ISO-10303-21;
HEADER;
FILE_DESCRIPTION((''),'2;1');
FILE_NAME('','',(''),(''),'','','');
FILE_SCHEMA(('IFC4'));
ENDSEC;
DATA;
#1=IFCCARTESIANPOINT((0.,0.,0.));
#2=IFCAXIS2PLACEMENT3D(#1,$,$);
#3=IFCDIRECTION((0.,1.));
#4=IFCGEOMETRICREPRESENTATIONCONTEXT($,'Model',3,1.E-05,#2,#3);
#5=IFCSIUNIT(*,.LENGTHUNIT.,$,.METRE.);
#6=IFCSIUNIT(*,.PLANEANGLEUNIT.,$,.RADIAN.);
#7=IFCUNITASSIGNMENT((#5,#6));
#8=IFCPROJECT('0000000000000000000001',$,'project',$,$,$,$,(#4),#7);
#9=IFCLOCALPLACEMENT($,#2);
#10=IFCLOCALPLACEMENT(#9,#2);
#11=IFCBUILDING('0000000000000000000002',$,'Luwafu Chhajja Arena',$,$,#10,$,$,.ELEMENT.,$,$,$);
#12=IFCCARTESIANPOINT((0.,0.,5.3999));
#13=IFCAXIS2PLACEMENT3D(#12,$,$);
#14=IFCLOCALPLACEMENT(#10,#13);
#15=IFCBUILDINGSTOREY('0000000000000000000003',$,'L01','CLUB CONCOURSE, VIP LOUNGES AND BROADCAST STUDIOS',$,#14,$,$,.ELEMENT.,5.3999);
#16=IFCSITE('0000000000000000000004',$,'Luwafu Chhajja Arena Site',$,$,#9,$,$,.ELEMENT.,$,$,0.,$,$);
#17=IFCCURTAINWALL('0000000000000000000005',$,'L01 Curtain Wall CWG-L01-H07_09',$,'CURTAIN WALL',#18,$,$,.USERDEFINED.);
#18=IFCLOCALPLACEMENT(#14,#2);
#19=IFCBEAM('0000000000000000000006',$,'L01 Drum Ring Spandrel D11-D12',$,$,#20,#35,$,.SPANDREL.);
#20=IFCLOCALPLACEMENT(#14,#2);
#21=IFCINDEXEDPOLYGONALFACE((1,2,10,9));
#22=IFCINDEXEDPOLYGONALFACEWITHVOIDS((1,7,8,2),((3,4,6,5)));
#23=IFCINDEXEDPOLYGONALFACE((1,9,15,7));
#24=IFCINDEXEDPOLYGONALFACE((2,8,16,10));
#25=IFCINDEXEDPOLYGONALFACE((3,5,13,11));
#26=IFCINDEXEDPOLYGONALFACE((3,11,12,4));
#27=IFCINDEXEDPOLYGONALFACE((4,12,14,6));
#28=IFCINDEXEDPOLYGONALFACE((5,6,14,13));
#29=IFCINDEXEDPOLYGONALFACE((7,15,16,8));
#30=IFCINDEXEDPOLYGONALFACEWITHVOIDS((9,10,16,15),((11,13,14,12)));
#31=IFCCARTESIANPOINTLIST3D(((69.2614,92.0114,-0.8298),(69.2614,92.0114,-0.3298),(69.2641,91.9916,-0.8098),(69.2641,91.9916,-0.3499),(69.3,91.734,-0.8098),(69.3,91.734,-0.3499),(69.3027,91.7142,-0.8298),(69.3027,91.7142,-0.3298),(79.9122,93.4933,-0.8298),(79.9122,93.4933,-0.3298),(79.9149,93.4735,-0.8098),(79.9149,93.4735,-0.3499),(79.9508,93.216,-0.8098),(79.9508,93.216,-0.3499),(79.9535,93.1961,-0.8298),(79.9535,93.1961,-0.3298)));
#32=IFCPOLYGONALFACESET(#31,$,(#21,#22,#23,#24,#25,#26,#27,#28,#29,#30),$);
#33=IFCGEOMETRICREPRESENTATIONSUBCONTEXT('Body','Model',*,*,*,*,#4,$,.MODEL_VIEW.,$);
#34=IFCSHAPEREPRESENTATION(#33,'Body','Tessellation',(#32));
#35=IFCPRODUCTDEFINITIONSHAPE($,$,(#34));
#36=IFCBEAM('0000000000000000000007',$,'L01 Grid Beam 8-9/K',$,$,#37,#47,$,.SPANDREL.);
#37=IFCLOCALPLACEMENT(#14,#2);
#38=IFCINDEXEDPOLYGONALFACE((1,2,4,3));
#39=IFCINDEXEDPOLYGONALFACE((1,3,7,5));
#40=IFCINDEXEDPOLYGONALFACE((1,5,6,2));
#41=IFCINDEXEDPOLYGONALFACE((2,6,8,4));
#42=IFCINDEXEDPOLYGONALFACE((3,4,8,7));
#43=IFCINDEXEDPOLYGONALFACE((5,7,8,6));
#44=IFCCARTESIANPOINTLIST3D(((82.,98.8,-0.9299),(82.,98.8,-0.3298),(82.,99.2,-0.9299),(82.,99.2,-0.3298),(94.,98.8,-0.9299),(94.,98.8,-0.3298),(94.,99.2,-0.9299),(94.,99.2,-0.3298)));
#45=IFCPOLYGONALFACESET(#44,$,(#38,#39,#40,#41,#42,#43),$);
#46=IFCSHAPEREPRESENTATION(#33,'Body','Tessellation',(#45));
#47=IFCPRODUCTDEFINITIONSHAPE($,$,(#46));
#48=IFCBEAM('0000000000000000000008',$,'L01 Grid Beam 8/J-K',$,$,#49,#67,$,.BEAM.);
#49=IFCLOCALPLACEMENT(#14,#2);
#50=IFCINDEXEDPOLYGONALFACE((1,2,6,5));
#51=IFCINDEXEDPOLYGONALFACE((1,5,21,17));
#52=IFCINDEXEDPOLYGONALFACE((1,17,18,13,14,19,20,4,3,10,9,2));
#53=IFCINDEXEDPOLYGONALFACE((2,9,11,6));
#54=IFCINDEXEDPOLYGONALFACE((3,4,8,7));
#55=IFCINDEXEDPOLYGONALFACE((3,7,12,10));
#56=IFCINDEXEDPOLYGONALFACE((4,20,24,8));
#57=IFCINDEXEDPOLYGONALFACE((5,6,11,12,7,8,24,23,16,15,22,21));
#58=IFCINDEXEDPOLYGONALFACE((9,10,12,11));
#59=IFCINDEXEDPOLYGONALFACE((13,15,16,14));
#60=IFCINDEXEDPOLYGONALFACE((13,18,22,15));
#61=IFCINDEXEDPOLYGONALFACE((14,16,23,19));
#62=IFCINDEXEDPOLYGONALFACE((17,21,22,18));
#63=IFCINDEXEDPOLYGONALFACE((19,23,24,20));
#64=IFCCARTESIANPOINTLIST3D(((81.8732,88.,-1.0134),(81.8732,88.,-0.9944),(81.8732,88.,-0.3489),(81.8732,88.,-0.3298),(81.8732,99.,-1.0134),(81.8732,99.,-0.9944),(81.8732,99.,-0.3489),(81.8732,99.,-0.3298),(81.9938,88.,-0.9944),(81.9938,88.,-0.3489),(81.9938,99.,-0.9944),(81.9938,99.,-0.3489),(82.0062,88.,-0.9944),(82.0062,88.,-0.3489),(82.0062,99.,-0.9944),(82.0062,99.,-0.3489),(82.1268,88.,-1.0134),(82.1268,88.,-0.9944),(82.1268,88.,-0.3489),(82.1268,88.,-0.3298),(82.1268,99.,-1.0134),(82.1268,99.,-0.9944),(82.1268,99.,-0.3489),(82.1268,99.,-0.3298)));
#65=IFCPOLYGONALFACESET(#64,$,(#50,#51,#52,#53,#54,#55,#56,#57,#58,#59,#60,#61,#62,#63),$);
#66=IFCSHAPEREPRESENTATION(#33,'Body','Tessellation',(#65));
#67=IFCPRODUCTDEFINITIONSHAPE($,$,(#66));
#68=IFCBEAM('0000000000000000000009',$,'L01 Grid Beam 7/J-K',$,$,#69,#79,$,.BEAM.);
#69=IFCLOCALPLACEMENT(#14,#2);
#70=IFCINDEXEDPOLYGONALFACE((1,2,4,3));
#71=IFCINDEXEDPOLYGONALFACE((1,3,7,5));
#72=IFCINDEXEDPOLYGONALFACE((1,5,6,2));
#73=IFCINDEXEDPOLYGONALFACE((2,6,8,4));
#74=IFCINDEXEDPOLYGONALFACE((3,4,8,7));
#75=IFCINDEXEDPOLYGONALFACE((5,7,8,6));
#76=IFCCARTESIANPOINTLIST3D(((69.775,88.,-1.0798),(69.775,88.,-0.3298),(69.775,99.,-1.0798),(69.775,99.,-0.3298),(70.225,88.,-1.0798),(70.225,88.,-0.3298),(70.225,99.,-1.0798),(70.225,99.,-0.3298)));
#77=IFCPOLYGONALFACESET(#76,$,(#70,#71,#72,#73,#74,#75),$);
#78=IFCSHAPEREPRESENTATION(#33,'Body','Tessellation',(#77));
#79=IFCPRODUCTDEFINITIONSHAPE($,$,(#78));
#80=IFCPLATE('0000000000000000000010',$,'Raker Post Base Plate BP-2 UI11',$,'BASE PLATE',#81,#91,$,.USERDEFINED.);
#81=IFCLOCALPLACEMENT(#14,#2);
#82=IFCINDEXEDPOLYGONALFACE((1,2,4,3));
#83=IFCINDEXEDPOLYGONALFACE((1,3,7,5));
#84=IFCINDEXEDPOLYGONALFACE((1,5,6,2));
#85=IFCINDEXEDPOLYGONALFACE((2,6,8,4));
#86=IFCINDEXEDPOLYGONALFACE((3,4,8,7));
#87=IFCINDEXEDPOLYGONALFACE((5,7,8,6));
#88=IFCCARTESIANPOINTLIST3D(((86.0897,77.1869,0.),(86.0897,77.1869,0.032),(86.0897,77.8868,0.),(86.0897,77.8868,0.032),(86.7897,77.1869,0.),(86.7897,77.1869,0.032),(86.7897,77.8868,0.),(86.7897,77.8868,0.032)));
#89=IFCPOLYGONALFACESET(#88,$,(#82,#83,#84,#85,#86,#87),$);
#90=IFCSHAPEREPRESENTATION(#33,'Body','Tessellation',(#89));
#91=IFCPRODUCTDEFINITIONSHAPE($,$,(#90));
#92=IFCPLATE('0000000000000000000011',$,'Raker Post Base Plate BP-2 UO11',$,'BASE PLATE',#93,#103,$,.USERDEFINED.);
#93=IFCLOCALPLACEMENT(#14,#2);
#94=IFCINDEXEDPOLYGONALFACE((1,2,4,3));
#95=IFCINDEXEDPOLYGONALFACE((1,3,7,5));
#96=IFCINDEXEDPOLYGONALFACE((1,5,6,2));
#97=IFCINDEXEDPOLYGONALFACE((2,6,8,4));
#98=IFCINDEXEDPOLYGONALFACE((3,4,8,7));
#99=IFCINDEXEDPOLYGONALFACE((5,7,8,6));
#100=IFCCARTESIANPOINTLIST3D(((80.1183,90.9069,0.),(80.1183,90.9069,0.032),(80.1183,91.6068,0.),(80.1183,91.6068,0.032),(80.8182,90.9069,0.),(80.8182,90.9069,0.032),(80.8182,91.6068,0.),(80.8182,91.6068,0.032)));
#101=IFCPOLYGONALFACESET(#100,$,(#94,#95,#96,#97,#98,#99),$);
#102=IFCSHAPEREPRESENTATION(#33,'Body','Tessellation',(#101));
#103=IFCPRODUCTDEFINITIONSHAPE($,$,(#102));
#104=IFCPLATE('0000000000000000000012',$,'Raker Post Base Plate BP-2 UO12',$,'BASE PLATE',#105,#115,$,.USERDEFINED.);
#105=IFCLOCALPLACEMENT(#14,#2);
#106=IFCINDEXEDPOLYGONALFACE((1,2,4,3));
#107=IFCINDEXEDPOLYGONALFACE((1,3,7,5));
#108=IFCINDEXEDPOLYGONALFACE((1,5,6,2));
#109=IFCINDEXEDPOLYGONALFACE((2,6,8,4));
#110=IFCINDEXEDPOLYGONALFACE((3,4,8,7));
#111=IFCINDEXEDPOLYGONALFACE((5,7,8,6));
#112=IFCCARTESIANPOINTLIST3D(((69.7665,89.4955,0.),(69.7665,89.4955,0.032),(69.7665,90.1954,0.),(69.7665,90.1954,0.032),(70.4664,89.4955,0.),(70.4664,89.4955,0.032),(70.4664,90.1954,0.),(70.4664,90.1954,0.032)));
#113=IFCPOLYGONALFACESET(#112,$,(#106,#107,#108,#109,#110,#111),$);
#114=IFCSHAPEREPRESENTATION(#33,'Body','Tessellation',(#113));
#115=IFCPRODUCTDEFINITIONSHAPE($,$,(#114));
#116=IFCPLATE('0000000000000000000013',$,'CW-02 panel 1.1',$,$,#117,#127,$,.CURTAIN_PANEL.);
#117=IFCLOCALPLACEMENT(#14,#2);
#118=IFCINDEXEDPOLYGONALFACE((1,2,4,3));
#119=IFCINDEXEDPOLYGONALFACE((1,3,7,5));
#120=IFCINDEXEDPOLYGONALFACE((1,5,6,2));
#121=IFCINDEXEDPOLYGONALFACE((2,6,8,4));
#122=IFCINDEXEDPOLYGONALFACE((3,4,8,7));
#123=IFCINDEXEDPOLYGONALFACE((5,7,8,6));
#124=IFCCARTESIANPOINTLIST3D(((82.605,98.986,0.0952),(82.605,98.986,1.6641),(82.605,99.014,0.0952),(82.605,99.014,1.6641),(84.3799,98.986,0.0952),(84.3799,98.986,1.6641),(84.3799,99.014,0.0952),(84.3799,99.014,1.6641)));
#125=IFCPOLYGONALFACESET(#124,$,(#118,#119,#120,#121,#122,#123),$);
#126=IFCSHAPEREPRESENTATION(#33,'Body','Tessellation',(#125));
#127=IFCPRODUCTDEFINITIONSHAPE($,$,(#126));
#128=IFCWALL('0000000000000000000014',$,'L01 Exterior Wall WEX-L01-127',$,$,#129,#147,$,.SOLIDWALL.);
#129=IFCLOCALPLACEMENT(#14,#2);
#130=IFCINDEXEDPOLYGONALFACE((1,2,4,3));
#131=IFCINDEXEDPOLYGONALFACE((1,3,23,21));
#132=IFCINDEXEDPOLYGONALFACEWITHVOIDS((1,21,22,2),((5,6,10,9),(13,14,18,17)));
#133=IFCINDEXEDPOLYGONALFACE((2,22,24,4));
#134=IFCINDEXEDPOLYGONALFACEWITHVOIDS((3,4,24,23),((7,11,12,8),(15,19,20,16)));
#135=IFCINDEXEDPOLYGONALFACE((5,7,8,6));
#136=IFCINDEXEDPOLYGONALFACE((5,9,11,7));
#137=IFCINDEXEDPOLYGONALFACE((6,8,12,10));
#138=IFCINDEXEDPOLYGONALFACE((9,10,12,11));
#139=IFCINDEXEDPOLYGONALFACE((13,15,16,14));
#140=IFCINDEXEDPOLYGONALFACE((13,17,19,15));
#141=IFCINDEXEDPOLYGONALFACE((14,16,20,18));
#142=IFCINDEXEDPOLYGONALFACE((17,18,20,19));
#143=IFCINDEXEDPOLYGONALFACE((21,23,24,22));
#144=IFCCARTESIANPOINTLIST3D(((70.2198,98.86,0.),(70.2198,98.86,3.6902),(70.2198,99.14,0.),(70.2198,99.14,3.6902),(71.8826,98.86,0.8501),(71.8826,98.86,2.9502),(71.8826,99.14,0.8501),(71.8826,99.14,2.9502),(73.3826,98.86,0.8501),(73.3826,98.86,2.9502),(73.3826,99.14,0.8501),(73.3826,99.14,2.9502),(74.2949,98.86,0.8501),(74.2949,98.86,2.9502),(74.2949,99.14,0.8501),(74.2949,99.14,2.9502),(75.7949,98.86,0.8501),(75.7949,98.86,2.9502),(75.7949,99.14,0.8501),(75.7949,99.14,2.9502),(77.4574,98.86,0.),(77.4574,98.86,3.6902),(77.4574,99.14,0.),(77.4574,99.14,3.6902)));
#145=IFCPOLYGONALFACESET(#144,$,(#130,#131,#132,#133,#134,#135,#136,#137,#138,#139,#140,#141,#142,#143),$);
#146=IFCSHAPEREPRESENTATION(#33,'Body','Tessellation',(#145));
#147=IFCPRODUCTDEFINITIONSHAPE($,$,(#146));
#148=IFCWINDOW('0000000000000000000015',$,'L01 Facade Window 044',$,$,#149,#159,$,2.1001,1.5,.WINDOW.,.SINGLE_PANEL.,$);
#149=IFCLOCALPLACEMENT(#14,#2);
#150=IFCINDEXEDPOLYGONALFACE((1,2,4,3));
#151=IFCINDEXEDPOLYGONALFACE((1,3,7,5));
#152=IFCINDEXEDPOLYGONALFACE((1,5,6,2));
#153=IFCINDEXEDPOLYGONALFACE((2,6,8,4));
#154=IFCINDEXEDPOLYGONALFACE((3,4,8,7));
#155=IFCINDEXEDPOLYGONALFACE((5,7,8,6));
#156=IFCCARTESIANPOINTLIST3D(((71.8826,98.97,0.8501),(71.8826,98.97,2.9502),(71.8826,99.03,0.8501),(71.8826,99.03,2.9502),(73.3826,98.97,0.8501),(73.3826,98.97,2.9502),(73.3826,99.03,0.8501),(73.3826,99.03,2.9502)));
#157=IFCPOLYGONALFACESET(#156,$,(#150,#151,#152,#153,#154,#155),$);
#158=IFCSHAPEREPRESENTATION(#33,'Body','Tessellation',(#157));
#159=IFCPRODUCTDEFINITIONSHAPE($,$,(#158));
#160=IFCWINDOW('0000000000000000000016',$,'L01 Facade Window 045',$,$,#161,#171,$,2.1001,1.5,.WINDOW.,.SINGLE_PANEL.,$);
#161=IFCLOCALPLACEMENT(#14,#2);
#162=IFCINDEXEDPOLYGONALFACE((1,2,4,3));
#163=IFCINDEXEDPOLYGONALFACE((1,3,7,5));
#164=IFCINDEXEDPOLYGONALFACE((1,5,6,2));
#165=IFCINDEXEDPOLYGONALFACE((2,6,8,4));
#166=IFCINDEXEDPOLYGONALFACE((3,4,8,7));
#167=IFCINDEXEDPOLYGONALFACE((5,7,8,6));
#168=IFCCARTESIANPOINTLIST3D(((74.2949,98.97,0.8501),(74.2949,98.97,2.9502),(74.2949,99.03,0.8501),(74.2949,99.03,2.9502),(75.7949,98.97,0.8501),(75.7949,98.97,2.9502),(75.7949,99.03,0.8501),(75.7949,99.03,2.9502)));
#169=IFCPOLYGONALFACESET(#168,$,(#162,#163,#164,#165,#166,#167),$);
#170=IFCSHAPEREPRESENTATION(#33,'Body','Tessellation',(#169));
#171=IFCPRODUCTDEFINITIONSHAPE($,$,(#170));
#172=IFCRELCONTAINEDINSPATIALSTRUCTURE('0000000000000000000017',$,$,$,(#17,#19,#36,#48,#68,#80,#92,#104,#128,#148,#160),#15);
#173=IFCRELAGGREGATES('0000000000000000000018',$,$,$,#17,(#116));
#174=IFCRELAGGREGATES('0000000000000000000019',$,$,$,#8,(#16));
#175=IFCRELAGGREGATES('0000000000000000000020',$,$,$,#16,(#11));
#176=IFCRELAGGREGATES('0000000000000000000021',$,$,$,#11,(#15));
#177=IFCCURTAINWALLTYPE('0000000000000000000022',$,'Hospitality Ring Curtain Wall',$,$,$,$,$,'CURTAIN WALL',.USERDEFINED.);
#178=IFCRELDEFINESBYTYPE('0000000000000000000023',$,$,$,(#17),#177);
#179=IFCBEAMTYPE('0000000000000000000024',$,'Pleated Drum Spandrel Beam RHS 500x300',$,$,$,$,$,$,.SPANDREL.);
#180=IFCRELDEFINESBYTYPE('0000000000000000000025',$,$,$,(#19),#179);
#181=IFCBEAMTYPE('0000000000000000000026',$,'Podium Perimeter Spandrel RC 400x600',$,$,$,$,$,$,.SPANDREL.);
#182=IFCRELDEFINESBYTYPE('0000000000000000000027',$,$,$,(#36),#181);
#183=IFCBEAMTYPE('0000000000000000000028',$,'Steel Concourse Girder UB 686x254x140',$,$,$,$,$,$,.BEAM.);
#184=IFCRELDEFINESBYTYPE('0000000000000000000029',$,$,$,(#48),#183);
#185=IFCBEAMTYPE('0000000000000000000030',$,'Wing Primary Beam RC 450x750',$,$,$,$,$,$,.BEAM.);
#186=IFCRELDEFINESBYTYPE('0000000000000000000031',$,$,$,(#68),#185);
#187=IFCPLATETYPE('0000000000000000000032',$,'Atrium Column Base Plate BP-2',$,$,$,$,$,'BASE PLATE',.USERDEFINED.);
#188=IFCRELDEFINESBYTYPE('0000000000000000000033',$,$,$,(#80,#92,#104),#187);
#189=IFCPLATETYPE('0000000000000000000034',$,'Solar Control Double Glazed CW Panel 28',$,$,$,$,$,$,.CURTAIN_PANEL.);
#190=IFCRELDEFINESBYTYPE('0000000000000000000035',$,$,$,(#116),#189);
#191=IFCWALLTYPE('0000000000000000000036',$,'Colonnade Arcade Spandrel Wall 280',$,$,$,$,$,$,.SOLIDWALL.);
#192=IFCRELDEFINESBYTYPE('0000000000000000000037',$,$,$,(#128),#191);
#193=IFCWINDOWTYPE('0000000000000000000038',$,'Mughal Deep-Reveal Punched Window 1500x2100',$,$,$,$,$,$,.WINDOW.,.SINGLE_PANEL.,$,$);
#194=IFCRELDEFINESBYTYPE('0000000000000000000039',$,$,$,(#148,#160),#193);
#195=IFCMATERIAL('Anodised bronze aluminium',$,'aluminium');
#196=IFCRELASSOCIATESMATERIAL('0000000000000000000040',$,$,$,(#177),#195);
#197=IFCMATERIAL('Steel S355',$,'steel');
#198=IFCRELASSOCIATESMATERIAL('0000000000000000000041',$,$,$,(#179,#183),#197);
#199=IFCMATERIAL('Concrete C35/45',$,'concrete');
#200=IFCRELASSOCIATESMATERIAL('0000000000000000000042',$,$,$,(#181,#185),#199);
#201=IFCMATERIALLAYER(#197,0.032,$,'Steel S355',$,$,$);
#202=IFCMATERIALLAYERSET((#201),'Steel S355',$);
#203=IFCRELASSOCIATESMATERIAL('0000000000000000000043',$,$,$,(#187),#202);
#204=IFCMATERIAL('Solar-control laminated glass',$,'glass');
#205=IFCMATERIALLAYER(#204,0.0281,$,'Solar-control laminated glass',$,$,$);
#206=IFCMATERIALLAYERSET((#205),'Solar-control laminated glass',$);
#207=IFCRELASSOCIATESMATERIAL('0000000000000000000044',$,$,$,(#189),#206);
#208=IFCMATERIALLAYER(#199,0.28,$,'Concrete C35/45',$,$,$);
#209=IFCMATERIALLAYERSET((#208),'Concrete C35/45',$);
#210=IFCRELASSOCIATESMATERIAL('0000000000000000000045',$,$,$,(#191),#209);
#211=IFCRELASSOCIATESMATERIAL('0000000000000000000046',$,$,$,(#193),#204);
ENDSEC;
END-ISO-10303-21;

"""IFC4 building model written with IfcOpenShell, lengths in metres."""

from ifc_helpers import new_model, si_unit, direction, frame, frame_2d, origin, origin_2d, place, context, subcontext, project, spatial, rectangle, hollow_rectangle, i_section, extrude, material, layer, layer_set, material_profile, profile_set, type_object, element, fill, aggregate, save


model = new_model("IFC4")

# Units and contexts
model_context = context("Model", 3, precision=1e-05, world=origin(), true_north=direction((0.0, 1.0)))
body_context = subcontext(model_context, "Body", "Model", "MODEL_VIEW")
ifc_project = project(units=[si_unit("LENGTHUNIT", "METRE"), si_unit("PLANEANGLEUNIT", "RADIAN")], contexts=[model_context])

# Site, building, storey
site_placement = place(None, origin())
site = spatial("IfcSite", under=ifc_project, at=site_placement, Name="Luwafu Chhajja Arena Site", CompositionType="ELEMENT", RefElevation=0.0)
building_placement = place(site_placement, origin())
building = spatial("IfcBuilding", under=site, at=building_placement, Name="Luwafu Chhajja Arena", CompositionType="ELEMENT")
storey_placement = place(building_placement, frame((0.0, 0.0, 5.3999)))
storey = spatial("IfcBuildingStorey", under=building, at=storey_placement, Name="L01", Description="CLUB CONCOURSE, VIP LOUNGES AND BROADCAST STUDIOS", CompositionType="ELEMENT", Elevation=5.3999)

# Shared definitions
ifc_material_1 = material(Name="Concrete C35/45", Category="concrete")
ifc_material_2 = material(Name="Steel S355", Category="steel")

# Curtain wall
ifc_material_3 = material(Name="Anodised bronze aluminium", Category="aluminium")
curtain_wall_type = type_object("IfcCurtainWallType", Name="Hospitality Ring Curtain Wall", ElementType="CURTAIN WALL", PredefinedType="USERDEFINED", material=ifc_material_3)
curtain_wall_placement = place(storey_placement, origin())
curtain_wall = element("IfcCurtainWall", 1, at=curtain_wall_placement, inside=storey, type_object=curtain_wall_type, Name="L01 Curtain Wall CWG-L01-H07_09", ObjectType="CURTAIN WALL", PredefinedType="USERDEFINED")

# Beams
ifc_material_profile_1 = material_profile(ifc_material_2, hollow_rectangle(XDim=0.3, YDim=0.5, WallThickness=0.02, at=origin_2d()), Name="RHS 500x300x20")
ifc_profile_set_1 = profile_set([ifc_material_profile_1], Name="Steel S355")
beam_type_1 = type_object("IfcBeamType", Name="Pleated Drum Spandrel Beam RHS 500x300", PredefinedType="SPANDREL", material=ifc_profile_set_1)
beam_1_placement = place(storey_placement, frame((79.9329, 93.3447, -0.5798), z_axis=(-0.990459, -0.13781, 0.0), x_axis=(0.13781, -0.990459, 0.0)))
element("IfcBeam", 2, at=beam_1_placement, inside=storey, type_object=beam_type_1, Name="L01 Drum Ring Spandrel D11-D12", PredefinedType="SPANDREL", context=body_context, shape_type="SweptSolid", body=[
    extrude(hollow_rectangle(XDim=0.3, YDim=0.5, WallThickness=0.02, at=origin_2d()), origin(), (0.0, 0.0, 1.0), 10.7534),
])
ifc_material_profile_2 = material_profile(ifc_material_1, rectangle(XDim=0.3999, YDim=0.6001, at=origin_2d()), Name="RC 400x600")
ifc_profile_set_2 = profile_set([ifc_material_profile_2], Name="Concrete C35/45")
beam_type_2 = type_object("IfcBeamType", Name="Podium Perimeter Spandrel RC 400x600", PredefinedType="SPANDREL", material=ifc_profile_set_2)
beam_2_placement = place(storey_placement, frame((82.0, 99.0, -0.6299), z_axis=(1.0, 0.0, 0.0), x_axis=(0.0, 1.0, 0.0)))
element("IfcBeam", 3, at=beam_2_placement, inside=storey, type_object=beam_type_2, Name="L01 Grid Beam 8-9/K", PredefinedType="SPANDREL", context=body_context, shape_type="SweptSolid", body=[
    extrude(rectangle(XDim=0.3999, YDim=0.6001, at=origin_2d()), origin(), (0.0, 0.0, 1.0), 12.0),
])
ifc_material_profile_3 = material_profile(ifc_material_2, i_section(OverallWidth=0.2537, OverallDepth=0.6836, WebThickness=0.0125, FlangeThickness=0.019, at=origin_2d()), Name="UB 686x254x140")
ifc_profile_set_3 = profile_set([ifc_material_profile_3], Name="Steel S355")
beam_type_3 = type_object("IfcBeamType", Name="Steel Concourse Girder UB 686x254x140", PredefinedType="BEAM", material=ifc_profile_set_3)
beam_3_placement = place(storey_placement, frame((82.0, 88.0, -0.6716), z_axis=(0.0, 1.0, 0.0), x_axis=(-1.0, 0.0, 0.0)))
element("IfcBeam", 4, at=beam_3_placement, inside=storey, type_object=beam_type_3, Name="L01 Grid Beam 8/J-K", PredefinedType="BEAM", context=body_context, shape_type="SweptSolid", body=[
    extrude(i_section(OverallWidth=0.2537, OverallDepth=0.6836, WebThickness=0.0125, FlangeThickness=0.019, at=origin_2d()), origin(), (0.0, 0.0, 1.0), 11.0),
])
ifc_material_profile_4 = material_profile(ifc_material_1, rectangle(XDim=0.45, YDim=0.75, at=origin_2d()), Name="RC 450x750")
ifc_profile_set_4 = profile_set([ifc_material_profile_4], Name="Concrete C35/45")
beam_type_4 = type_object("IfcBeamType", Name="Wing Primary Beam RC 450x750", PredefinedType="BEAM", material=ifc_profile_set_4)
beam_4_placement = place(storey_placement, frame((70.0, 88.0, -0.7048), z_axis=(0.0, 1.0, 0.0), x_axis=(-1.0, 0.0, 0.0)))
element("IfcBeam", 5, at=beam_4_placement, inside=storey, type_object=beam_type_4, Name="L01 Grid Beam 7/J-K", PredefinedType="BEAM", context=body_context, shape_type="SweptSolid", body=[
    extrude(rectangle(XDim=0.45, YDim=0.75, at=origin_2d()), origin(), (0.0, 0.0, 1.0), 11.0),
])

# Plates
ifc_layer_1 = layer(ifc_material_2, 0.032, Name="Steel S355")
ifc_layer_set_1 = layer_set([ifc_layer_1], Name="Steel S355")
plate_type_1 = type_object("IfcPlateType", Name="Atrium Column Base Plate BP-2", ElementType="BASE PLATE", PredefinedType="USERDEFINED", material=ifc_layer_set_1)
for number, where, z_axis, x_axis, name in (
    (6, (86.4397, 77.5369, 0.0), (0.0, 0.0, 1.0), (1.0, 0.0, 0.0), "Raker Post Base Plate BP-2 UI11"),
    (7, (80.4683, 91.2568, 0.0), (0.0, 0.0, 1.0), (1.0, 0.0, 0.0), "Raker Post Base Plate BP-2 UO11"),
    (8, (70.1165, 89.8455, 0.0), (0.0, 0.0, 1.0), (1.0, 0.0, 0.0), "Raker Post Base Plate BP-2 UO12"),
):
    element("IfcPlate", number, at=place(storey_placement, frame(where, z_axis=z_axis, x_axis=x_axis)), inside=storey, type_object=plate_type_1, Name=name, ObjectType="BASE PLATE", PredefinedType="USERDEFINED", context=body_context, shape_type="SweptSolid", body=[
        extrude(rectangle(XDim=0.7, YDim=0.7, at=origin_2d()), origin(), (0.0, 0.0, 1.0), 0.032),
    ])

# Plate
ifc_material_4 = material(Name="Solar-control laminated glass", Category="glass")
ifc_layer_2 = layer(ifc_material_4, 0.0281, Name="Solar-control laminated glass")
ifc_layer_set_2 = layer_set([ifc_layer_2], Name="Solar-control laminated glass")
plate_type_2 = type_object("IfcPlateType", Name="Solar Control Double Glazed CW Panel 28", PredefinedType="CURTAIN_PANEL", material=ifc_layer_set_2)
plate_placement = place(storey_placement, frame((83.4924, 99.0, 0.0952), z_axis=(0.0, 0.0, 1.0), x_axis=(1.0, 0.0, 0.0)))
plate = element("IfcPlate", 9, at=plate_placement, type_object=plate_type_2, Name="CW-02 panel 1.1", PredefinedType="CURTAIN_PANEL", context=body_context, shape_type="SweptSolid", body=[
    extrude(rectangle(XDim=1.7749, YDim=0.0281, at=origin_2d()), origin(), (0.0, 0.0, 1.0), 1.5688),
])
aggregate(curtain_wall, [plate])

# Wall, openings, windows
ifc_layer_3 = layer(ifc_material_1, 0.28, Name="Concrete C35/45")
ifc_layer_set_3 = layer_set([ifc_layer_3], Name="Concrete C35/45")
wall_type = type_object("IfcWallType", Name="Colonnade Arcade Spandrel Wall 280", PredefinedType="SOLIDWALL", material=ifc_layer_set_3)
wall_placement = place(storey_placement, frame((70.22, 99.0, 0.0), z_axis=(0.0, 0.0, 1.0), x_axis=(1.0, 0.0, 0.0)))
wall = element("IfcWall", 10, at=wall_placement, inside=storey, type_object=wall_type, Name="L01 Exterior Wall WEX-L01-127", PredefinedType="SOLIDWALL", context=body_context, shape_type="SweptSolid", body=[
    extrude(rectangle(XDim=7.2375, YDim=0.28, at=frame_2d((3.6187, 0.0))), origin(), (0.0, 0.0, 1.0), 3.6902),
])
opening_1_placement = place(wall_placement, frame((1.6626, 0.0, 0.8501)))
opening_1 = element("IfcOpeningElement", 11, at=opening_1_placement, cuts=wall, PredefinedType="OPENING", context=body_context, shape_type="SweptSolid", body=[
    extrude(rectangle(XDim=1.5, YDim=2.1001, at=frame_2d((0.75, 1.05))), frame((0.0, 0.1499, 0.0), z_axis=(0.0, -1.0, 0.0), x_axis=(1.0, 0.0, 0.0)), (0.0, 0.0, 1.0), 0.3),
])
opening_2_placement = place(wall_placement, frame((4.075, 0.0, 0.8501)))
opening_2 = element("IfcOpeningElement", 12, at=opening_2_placement, cuts=wall, PredefinedType="OPENING", context=body_context, shape_type="SweptSolid", body=[
    extrude(rectangle(XDim=1.5, YDim=2.1001, at=frame_2d((0.75, 1.05))), frame((0.0, 0.1499, 0.0), z_axis=(0.0, -1.0, 0.0), x_axis=(1.0, 0.0, 0.0)), (0.0, 0.0, 1.0), 0.3),
])
window_type = type_object("IfcWindowType", Name="Mughal Deep-Reveal Punched Window 1500x2100", PartitioningType="SINGLE_PANEL", PredefinedType="WINDOW", material=ifc_material_4)
window_1_placement = place(opening_1_placement, origin())
window_1 = element("IfcWindow", 13, at=window_1_placement, inside=storey, type_object=window_type, Name="L01 Facade Window 044", OverallHeight=2.1001, OverallWidth=1.5, PartitioningType="SINGLE_PANEL", PredefinedType="WINDOW", context=body_context, shape_type="SweptSolid", body=[
    extrude(rectangle(XDim=1.5, YDim=2.1001, at=frame_2d((0.75, 1.05))), frame((0.0, 0.03, 0.0), z_axis=(0.0, -1.0, 0.0), x_axis=(1.0, 0.0, 0.0)), (0.0, 0.0, 1.0), 0.0601),
])
fill(opening_1, window_1)
window_2_placement = place(opening_2_placement, origin())
window_2 = element("IfcWindow", 14, at=window_2_placement, inside=storey, type_object=window_type, Name="L01 Facade Window 045", OverallHeight=2.1001, OverallWidth=1.5, PartitioningType="SINGLE_PANEL", PredefinedType="WINDOW", context=body_context, shape_type="SweptSolid", body=[
    extrude(rectangle(XDim=1.5, YDim=2.1001, at=frame_2d((0.75, 1.05))), frame((0.0, 0.03, 0.0), z_axis=(0.0, -1.0, 0.0), x_axis=(1.0, 0.0, 0.0)), (0.0, 0.0, 1.0), 0.0601),
])
fill(opening_2, window_2)

save(model, "model.ifc")
